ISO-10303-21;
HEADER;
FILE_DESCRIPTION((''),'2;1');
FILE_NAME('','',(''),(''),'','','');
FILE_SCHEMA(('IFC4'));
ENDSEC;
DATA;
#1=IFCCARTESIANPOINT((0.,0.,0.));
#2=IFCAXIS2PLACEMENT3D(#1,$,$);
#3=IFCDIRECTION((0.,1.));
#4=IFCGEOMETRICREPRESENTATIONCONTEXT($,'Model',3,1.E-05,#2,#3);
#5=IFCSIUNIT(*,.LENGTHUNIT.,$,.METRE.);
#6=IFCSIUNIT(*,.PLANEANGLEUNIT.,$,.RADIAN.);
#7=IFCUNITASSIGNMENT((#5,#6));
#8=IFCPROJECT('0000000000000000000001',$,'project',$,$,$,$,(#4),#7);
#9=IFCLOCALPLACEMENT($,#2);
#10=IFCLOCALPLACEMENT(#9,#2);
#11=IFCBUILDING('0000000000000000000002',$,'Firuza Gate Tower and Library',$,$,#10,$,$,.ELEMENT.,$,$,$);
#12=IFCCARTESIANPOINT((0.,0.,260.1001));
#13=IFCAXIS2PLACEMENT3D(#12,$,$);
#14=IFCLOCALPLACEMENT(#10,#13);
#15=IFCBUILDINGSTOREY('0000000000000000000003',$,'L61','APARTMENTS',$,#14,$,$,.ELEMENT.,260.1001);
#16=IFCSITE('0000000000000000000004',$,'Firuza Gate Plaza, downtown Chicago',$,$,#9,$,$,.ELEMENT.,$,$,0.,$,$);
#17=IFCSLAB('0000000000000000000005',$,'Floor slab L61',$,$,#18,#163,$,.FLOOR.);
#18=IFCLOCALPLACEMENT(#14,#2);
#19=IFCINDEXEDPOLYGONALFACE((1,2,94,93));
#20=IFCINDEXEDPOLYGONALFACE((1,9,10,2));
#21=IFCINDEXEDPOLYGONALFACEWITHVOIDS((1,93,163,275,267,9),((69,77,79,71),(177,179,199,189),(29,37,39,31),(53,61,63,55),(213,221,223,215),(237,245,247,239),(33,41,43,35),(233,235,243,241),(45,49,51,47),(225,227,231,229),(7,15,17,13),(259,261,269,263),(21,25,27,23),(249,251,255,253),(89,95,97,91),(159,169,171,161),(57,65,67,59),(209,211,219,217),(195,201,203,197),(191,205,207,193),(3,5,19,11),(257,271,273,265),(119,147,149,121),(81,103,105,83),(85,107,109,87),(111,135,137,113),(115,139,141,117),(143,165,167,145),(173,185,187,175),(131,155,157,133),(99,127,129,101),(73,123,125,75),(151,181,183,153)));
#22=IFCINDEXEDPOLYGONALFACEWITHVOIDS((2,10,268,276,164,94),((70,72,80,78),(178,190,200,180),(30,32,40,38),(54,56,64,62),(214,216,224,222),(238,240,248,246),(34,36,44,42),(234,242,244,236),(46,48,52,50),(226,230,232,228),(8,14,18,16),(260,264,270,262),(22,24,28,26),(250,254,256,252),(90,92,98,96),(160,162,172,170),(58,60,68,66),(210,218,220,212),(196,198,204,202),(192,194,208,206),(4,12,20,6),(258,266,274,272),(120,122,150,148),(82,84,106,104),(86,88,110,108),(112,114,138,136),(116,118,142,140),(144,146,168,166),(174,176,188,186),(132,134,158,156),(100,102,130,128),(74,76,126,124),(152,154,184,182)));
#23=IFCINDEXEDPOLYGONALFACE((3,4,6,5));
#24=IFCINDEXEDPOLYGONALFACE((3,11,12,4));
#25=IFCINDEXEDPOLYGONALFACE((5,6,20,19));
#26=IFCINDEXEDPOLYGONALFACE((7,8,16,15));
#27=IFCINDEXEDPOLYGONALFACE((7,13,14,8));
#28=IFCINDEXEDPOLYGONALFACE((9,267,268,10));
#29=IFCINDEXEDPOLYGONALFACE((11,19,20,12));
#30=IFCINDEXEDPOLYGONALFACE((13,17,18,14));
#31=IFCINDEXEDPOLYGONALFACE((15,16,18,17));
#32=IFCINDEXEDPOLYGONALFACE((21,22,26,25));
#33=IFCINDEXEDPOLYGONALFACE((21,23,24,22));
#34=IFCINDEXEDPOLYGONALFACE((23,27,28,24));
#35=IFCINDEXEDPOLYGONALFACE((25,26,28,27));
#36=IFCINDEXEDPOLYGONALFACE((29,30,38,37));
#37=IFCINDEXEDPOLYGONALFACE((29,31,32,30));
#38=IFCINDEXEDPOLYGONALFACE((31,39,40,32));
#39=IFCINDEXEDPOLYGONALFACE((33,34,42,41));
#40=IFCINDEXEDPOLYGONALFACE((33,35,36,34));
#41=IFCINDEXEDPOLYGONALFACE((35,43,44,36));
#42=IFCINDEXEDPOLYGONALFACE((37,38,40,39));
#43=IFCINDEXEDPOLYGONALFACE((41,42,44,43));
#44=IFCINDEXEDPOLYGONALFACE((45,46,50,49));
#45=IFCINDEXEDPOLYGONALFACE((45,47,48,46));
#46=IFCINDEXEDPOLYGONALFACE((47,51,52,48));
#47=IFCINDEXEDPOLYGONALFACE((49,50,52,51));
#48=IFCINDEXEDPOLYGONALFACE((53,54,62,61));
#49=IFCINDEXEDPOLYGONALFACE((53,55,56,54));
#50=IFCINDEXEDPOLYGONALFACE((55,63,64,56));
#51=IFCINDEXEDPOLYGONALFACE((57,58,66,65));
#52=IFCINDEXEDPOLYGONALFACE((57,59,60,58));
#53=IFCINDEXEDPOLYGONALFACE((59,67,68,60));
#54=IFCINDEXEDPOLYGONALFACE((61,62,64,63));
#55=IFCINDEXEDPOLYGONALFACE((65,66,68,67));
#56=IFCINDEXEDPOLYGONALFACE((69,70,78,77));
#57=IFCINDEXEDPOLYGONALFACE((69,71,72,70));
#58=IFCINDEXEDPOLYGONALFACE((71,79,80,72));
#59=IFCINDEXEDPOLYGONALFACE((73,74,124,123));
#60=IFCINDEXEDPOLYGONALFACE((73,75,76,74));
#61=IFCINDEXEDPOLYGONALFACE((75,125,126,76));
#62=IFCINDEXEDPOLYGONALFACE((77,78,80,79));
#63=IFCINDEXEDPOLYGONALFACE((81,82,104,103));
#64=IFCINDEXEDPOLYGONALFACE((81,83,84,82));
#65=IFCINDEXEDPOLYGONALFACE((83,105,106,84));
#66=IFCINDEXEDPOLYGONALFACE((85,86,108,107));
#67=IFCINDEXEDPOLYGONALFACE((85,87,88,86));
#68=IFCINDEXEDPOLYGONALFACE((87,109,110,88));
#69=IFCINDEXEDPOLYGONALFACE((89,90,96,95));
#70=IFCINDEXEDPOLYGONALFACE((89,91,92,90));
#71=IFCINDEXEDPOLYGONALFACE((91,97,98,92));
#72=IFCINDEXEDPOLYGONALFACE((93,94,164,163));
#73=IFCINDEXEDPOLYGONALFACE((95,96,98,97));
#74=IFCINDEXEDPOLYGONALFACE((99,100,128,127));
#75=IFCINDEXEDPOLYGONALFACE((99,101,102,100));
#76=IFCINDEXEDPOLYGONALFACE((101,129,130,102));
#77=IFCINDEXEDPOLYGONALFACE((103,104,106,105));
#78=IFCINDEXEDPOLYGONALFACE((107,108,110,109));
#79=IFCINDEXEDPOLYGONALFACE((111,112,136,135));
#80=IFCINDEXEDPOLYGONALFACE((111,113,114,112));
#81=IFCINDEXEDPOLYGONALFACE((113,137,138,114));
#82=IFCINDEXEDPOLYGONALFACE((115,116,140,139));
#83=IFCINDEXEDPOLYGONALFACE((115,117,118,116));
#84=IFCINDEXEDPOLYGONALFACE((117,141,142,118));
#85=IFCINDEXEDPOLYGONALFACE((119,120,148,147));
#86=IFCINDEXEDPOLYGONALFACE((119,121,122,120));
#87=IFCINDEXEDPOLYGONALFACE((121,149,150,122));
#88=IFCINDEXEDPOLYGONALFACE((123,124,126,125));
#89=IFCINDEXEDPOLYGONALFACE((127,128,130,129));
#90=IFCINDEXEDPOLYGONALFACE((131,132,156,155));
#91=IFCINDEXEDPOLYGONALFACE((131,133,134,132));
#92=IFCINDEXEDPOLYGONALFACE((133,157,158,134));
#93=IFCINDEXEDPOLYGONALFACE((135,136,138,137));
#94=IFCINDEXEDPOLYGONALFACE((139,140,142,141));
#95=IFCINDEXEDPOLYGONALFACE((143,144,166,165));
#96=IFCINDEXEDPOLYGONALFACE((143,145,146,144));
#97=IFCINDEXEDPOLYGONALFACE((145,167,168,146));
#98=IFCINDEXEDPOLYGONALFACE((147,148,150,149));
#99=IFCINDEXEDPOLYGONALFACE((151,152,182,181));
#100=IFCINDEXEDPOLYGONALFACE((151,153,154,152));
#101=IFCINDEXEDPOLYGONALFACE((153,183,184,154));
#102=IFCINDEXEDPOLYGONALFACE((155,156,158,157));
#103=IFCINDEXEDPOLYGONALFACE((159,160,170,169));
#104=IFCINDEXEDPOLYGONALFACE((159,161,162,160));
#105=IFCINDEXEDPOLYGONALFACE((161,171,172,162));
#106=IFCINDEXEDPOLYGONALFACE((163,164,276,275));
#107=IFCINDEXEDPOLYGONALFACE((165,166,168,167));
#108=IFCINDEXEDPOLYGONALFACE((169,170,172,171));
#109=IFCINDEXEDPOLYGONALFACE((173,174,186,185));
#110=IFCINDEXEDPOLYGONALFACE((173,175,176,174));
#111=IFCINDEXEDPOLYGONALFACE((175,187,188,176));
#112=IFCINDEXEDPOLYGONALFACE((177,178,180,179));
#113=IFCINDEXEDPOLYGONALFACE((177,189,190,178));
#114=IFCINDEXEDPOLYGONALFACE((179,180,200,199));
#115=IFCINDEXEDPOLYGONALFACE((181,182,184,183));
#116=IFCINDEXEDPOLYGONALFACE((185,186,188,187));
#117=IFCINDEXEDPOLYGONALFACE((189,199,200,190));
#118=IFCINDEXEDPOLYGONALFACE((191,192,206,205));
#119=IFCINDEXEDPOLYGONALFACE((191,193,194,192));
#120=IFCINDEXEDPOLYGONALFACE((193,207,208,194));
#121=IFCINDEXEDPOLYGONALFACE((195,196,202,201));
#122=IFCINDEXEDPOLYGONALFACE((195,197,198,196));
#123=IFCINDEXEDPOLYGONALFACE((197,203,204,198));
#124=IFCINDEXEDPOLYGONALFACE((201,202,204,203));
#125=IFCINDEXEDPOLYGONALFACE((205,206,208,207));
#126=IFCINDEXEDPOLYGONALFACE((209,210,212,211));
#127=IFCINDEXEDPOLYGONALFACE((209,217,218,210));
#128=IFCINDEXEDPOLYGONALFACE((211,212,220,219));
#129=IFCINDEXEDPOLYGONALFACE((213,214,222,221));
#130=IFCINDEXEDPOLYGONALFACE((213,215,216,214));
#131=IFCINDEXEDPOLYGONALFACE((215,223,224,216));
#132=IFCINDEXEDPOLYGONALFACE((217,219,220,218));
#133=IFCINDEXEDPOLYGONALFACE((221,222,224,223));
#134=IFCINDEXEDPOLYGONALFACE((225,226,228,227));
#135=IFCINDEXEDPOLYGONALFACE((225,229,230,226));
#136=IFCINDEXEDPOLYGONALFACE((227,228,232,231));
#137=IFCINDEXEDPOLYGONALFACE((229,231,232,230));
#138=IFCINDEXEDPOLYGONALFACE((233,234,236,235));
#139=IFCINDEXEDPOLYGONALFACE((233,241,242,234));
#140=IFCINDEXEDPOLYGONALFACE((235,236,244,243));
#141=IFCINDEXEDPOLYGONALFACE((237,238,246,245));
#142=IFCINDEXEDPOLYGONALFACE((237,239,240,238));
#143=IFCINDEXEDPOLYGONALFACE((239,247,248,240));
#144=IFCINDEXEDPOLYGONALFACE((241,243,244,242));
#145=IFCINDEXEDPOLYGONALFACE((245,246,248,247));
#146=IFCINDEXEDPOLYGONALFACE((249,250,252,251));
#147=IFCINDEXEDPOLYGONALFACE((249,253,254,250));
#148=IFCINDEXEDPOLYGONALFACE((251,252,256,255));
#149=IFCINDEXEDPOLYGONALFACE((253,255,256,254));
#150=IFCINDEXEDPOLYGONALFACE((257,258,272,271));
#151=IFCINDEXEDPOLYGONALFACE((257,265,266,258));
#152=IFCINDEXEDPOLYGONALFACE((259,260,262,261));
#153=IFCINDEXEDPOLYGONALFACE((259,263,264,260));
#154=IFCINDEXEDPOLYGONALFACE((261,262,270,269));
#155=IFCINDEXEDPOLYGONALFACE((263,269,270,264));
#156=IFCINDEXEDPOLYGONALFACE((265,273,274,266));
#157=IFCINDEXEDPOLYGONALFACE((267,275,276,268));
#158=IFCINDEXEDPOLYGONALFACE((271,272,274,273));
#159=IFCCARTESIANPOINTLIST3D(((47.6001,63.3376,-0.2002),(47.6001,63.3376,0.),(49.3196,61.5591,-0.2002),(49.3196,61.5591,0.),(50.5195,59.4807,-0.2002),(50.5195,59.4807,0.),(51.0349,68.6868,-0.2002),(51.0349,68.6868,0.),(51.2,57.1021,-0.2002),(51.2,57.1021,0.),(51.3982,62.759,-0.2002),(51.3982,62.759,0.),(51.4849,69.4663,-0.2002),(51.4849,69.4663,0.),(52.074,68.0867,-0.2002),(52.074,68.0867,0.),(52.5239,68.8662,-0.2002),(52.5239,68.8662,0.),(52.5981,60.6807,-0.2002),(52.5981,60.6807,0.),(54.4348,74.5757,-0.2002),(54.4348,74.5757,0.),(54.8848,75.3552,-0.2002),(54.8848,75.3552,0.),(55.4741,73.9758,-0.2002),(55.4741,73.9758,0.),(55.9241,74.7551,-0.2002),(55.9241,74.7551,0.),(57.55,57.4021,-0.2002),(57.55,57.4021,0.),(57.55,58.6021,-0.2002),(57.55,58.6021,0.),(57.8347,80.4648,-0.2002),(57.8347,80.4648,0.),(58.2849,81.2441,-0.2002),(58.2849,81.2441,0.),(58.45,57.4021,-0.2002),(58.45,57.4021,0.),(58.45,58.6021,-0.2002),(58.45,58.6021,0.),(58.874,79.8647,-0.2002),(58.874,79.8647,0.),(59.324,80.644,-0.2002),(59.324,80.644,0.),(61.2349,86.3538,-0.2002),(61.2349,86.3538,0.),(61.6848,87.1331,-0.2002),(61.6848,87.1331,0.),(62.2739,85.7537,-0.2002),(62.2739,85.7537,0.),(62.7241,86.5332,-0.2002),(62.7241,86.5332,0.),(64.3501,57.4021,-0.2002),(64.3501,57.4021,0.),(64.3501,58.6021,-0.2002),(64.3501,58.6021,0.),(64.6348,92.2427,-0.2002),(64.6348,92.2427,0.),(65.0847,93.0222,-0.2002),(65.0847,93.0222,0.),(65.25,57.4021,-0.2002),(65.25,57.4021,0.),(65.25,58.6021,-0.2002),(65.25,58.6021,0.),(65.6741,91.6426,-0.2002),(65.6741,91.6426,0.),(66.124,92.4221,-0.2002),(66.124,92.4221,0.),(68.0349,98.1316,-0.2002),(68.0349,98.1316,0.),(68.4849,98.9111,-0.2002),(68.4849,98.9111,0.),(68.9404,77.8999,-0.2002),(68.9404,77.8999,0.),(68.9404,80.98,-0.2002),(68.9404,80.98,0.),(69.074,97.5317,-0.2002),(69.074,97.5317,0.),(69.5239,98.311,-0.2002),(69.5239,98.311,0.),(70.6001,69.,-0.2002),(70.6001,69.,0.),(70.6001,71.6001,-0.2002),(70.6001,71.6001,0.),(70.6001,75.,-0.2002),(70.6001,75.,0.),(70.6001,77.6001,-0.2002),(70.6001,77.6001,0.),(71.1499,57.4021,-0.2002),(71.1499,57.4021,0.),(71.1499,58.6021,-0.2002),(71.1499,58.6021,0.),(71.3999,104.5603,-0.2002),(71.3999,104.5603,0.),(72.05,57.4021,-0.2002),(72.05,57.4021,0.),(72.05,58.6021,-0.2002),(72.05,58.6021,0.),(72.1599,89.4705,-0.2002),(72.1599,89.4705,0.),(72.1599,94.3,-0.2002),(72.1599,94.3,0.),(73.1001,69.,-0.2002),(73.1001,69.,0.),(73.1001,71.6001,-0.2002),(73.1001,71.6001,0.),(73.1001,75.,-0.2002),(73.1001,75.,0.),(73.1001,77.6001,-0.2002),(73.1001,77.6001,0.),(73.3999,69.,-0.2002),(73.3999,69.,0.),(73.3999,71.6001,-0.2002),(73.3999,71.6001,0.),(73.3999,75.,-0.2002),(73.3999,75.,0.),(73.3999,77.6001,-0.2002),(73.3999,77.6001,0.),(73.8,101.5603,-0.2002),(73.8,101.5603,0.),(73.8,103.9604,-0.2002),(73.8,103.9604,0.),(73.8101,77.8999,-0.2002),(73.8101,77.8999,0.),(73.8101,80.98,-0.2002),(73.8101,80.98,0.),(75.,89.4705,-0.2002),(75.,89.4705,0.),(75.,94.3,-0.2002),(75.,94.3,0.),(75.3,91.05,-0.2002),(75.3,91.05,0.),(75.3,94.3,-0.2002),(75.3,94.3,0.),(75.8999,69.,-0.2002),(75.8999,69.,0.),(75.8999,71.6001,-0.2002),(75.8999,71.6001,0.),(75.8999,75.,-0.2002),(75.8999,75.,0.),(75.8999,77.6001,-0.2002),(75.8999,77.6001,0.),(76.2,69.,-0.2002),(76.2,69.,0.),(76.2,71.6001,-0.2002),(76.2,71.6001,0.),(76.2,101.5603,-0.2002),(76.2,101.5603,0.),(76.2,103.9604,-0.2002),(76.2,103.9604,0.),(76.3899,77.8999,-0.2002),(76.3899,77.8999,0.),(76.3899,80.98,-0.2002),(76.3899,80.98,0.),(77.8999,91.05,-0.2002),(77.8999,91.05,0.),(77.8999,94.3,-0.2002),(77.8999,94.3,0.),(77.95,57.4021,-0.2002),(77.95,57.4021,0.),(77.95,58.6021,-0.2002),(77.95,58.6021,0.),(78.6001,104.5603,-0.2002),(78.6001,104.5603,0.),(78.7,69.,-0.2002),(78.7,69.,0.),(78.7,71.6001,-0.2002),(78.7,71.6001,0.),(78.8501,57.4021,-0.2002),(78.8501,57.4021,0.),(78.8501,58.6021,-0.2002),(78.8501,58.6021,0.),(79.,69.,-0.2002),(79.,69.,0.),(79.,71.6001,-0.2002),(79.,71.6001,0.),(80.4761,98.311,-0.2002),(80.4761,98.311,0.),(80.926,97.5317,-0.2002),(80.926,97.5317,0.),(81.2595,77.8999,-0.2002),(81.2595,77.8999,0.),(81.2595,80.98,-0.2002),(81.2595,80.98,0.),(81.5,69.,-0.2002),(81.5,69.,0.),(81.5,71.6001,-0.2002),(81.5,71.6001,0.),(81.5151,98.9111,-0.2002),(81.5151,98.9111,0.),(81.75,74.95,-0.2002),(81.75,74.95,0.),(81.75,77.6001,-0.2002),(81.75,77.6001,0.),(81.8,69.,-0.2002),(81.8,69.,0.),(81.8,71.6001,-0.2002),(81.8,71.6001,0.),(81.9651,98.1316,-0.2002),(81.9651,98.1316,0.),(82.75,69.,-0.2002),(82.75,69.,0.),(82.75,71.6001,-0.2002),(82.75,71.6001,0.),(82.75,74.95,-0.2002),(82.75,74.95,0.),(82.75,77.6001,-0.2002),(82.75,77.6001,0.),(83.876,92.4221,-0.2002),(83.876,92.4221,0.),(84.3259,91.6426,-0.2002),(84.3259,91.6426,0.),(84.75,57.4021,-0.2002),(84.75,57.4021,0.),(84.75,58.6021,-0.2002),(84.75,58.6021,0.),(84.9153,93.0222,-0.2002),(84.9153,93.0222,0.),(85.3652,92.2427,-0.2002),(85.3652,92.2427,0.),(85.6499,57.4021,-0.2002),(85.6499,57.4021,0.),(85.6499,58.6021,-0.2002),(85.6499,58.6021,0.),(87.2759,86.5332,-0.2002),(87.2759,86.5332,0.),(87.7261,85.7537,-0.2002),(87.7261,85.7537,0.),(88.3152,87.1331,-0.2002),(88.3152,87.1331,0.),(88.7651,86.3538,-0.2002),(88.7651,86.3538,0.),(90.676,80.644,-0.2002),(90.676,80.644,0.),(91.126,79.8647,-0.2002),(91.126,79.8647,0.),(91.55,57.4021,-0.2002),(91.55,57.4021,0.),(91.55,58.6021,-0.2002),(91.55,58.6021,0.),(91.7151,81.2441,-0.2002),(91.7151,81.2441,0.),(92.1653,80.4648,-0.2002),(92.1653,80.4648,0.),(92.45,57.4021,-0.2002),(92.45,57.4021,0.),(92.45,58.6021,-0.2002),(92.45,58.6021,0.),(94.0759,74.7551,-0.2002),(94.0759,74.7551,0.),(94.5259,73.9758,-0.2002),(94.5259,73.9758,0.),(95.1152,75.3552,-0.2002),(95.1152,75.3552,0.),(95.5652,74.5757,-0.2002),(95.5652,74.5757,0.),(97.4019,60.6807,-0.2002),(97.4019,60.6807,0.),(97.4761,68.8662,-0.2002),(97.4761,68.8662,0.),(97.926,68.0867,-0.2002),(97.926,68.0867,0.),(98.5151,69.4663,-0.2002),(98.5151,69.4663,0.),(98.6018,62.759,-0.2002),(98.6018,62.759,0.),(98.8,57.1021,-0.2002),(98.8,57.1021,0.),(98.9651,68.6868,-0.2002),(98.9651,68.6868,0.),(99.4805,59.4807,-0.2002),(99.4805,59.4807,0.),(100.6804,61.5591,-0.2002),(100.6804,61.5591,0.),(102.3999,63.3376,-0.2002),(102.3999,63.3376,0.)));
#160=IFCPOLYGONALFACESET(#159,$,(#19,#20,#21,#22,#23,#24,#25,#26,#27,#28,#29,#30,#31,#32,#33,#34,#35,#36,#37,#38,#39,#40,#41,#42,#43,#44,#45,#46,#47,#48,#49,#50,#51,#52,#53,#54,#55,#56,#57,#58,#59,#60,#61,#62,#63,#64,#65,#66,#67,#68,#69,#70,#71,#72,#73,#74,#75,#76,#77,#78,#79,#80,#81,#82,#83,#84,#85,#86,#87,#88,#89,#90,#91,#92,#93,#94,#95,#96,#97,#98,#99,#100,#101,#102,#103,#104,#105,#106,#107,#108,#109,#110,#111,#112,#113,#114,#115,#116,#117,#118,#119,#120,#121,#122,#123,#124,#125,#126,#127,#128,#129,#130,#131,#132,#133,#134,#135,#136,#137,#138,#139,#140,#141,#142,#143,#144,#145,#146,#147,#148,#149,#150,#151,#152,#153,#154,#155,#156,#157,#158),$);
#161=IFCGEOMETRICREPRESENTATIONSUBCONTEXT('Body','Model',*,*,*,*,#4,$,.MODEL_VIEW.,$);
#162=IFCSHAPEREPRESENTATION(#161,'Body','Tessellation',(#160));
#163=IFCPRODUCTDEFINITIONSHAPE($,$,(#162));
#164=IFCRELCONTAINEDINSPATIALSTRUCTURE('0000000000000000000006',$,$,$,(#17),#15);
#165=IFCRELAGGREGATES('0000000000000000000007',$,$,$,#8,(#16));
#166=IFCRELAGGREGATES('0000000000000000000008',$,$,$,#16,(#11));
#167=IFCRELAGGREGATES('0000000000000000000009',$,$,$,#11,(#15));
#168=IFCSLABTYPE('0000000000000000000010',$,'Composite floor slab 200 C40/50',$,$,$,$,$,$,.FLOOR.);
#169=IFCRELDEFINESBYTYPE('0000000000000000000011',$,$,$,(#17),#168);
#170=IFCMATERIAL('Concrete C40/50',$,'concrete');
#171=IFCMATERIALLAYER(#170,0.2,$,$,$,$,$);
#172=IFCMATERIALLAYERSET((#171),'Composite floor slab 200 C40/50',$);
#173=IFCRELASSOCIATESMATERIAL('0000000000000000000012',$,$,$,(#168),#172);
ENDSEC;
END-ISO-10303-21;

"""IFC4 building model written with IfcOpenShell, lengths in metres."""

from ifc_helpers import new_model, si_unit, direction, frame, origin, place, context, subcontext, project, spatial, polyline, outline, extrude, material, layer, layer_set, type_object, element, save


model = new_model("IFC4")

# Units and contexts
model_context = context("Model", 3, precision=1e-05, world=origin(), true_north=direction((0.0, 1.0)))
body_context = subcontext(model_context, "Body", "Model", "MODEL_VIEW")
ifc_project = project(units=[si_unit("LENGTHUNIT", "METRE"), si_unit("PLANEANGLEUNIT", "RADIAN")], contexts=[model_context])

# Site, building, storey
site_placement = place(None, origin())
site = spatial("IfcSite", under=ifc_project, at=site_placement, Name="Firuza Gate Plaza, downtown Chicago", CompositionType="ELEMENT", RefElevation=0.0)
building_placement = place(site_placement, origin())
building = spatial("IfcBuilding", under=site, at=building_placement, Name="Firuza Gate Tower and Library", CompositionType="ELEMENT")
storey_placement = place(building_placement, frame((0.0, 0.0, 260.1001)))
storey = spatial("IfcBuildingStorey", under=building, at=storey_placement, Name="L61", Description="APARTMENTS", CompositionType="ELEMENT", Elevation=260.1001)

# Slab
ifc_material_1 = material(Name="Concrete C40/50", Category="concrete")
ifc_layer_1 = layer(ifc_material_1, 0.2)
ifc_layer_set_1 = layer_set([ifc_layer_1], Name="Composite floor slab 200 C40/50")
slab_type_1 = type_object("IfcSlabType", Name="Composite floor slab 200 C40/50", PredefinedType="FLOOR", material=ifc_layer_set_1)
slab_1_placement = place(storey_placement, frame((0.0, 0.0, -0.2002)))
element("IfcSlab", 1, at=slab_1_placement, inside=storey, type_object=slab_type_1, Name="Floor slab L61", PredefinedType="FLOOR", context=body_context, shape_type="SweptSolid", body=[
    extrude(outline(polyline([(47.6001, 63.3376), (51.2, 57.1021), (98.8, 57.1021), (102.3999, 63.3376), (78.6001, 104.5603), (71.3999, 104.5603), (47.6001, 63.3376)]), holes=[polyline([(57.55, 57.4021), (57.55, 58.6021), (58.45, 58.6021), (58.45, 57.4021), (57.55, 57.4021)]), polyline([(64.3501, 57.4021), (64.3501, 58.6021), (65.25, 58.6021), (65.25, 57.4021), (64.3501, 57.4021)]), polyline([(71.1499, 57.4021), (71.1499, 58.6021), (72.05, 58.6021), (72.05, 57.4021), (71.1499, 57.4021)]), polyline([(49.3196, 61.5591), (51.3982, 62.759), (52.5981, 60.6807), (50.5195, 59.4807), (49.3196, 61.5591)]), polyline([(51.4849, 69.4663), (52.5239, 68.8662), (52.074, 68.0867), (51.0349, 68.6868), (51.4849, 69.4663)]), polyline([(73.1001, 69.0), (70.6001, 69.0), (70.6001, 71.6001), (73.1001, 71.6001), (73.1001, 69.0)]), polyline([(75.8999, 69.0), (73.3999, 69.0), (73.3999, 71.6001), (75.8999, 71.6001), (75.8999, 69.0)]), polyline([(54.8848, 75.3552), (55.9241, 74.7551), (55.4741, 73.9758), (54.4348, 74.5757), (54.8848, 75.3552)]), polyline([(73.1001, 75.0), (70.6001, 75.0), (70.6001, 77.6001), (73.1001, 77.6001), (73.1001, 75.0)]), polyline([(75.8999, 75.0), (73.3999, 75.0), (73.3999, 77.6001), (75.8999, 77.6001), (75.8999, 75.0)]), polyline([(68.9404, 77.8999), (68.9404, 80.98), (73.8101, 80.98), (73.8101, 77.8999), (68.9404, 77.8999)]), polyline([(58.2849, 81.2441), (59.324, 80.644), (58.874, 79.8647), (57.8347, 80.4648), (58.2849, 81.2441)]), polyline([(61.6848, 87.1331), (62.7241, 86.5332), (62.2739, 85.7537), (61.2349, 86.3538), (61.6848, 87.1331)]), polyline([(72.1599, 89.4705), (72.1599, 94.3), (75.0, 94.3), (75.0, 89.4705), (72.1599, 89.4705)]), polyline([(65.0847, 93.0222), (66.124, 92.4221), (65.6741, 91.6426), (64.6348, 92.2427), (65.0847, 93.0222)]), polyline([(68.4849, 98.9111), (69.5239, 98.311), (69.074, 97.5317), (68.0349, 98.1316), (68.4849, 98.9111)]), polyline([(76.2, 103.9604), (76.2, 101.5603), (73.8, 101.5603), (73.8, 103.9604), (76.2, 103.9604)]), polyline([(77.95, 57.4021), (77.95, 58.6021), (78.8501, 58.6021), (78.8501, 57.4021), (77.95, 57.4021)]), polyline([(84.75, 57.4021), (84.75, 58.6021), (85.6499, 58.6021), (85.6499, 57.4021), (84.75, 57.4021)]), polyline([(91.55, 57.4021), (91.55, 58.6021), (92.45, 58.6021), (92.45, 57.4021), (91.55, 57.4021)]), polyline([(99.4805, 59.4807), (97.4019, 60.6807), (98.6018, 62.759), (100.6804, 61.5591), (99.4805, 59.4807)]), polyline([(98.9651, 68.6868), (97.926, 68.0867), (97.4761, 68.8662), (98.5151, 69.4663), (98.9651, 68.6868)]), polyline([(78.7, 69.0), (76.2, 69.0), (76.2, 71.6001), (78.7, 71.6001), (78.7, 69.0)]), polyline([(81.5, 69.0), (79.0, 69.0), (79.0, 71.6001), (81.5, 71.6001), (81.5, 69.0)]), polyline([(82.75, 69.0), (81.8, 69.0), (81.8, 71.6001), (82.75, 71.6001), (82.75, 69.0)]), polyline([(95.5652, 74.5757), (94.5259, 73.9758), (94.0759, 74.7551), (95.1152, 75.3552), (95.5652, 74.5757)]), polyline([(82.75, 74.95), (81.75, 74.95), (81.75, 77.6001), (82.75, 77.6001), (82.75, 74.95)]), polyline([(81.2595, 80.98), (81.2595, 77.8999), (76.3899, 77.8999), (76.3899, 80.98), (81.2595, 80.98)]), polyline([(92.1653, 80.4648), (91.126, 79.8647), (90.676, 80.644), (91.7151, 81.2441), (92.1653, 80.4648)]), polyline([(88.7651, 86.3538), (87.7261, 85.7537), (87.2759, 86.5332), (88.3152, 87.1331), (88.7651, 86.3538)]), polyline([(85.3652, 92.2427), (84.3259, 91.6426), (83.876, 92.4221), (84.9153, 93.0222), (85.3652, 92.2427)]), polyline([(75.3, 91.05), (75.3, 94.3), (77.8999, 94.3), (77.8999, 91.05), (75.3, 91.05)]), polyline([(80.926, 97.5317), (80.4761, 98.311), (81.5151, 98.9111), (81.9651, 98.1316), (80.926, 97.5317)])]), origin(), (0.0, 0.0, 1.0), 0.2002),
])

save(model, "model.ifc")
